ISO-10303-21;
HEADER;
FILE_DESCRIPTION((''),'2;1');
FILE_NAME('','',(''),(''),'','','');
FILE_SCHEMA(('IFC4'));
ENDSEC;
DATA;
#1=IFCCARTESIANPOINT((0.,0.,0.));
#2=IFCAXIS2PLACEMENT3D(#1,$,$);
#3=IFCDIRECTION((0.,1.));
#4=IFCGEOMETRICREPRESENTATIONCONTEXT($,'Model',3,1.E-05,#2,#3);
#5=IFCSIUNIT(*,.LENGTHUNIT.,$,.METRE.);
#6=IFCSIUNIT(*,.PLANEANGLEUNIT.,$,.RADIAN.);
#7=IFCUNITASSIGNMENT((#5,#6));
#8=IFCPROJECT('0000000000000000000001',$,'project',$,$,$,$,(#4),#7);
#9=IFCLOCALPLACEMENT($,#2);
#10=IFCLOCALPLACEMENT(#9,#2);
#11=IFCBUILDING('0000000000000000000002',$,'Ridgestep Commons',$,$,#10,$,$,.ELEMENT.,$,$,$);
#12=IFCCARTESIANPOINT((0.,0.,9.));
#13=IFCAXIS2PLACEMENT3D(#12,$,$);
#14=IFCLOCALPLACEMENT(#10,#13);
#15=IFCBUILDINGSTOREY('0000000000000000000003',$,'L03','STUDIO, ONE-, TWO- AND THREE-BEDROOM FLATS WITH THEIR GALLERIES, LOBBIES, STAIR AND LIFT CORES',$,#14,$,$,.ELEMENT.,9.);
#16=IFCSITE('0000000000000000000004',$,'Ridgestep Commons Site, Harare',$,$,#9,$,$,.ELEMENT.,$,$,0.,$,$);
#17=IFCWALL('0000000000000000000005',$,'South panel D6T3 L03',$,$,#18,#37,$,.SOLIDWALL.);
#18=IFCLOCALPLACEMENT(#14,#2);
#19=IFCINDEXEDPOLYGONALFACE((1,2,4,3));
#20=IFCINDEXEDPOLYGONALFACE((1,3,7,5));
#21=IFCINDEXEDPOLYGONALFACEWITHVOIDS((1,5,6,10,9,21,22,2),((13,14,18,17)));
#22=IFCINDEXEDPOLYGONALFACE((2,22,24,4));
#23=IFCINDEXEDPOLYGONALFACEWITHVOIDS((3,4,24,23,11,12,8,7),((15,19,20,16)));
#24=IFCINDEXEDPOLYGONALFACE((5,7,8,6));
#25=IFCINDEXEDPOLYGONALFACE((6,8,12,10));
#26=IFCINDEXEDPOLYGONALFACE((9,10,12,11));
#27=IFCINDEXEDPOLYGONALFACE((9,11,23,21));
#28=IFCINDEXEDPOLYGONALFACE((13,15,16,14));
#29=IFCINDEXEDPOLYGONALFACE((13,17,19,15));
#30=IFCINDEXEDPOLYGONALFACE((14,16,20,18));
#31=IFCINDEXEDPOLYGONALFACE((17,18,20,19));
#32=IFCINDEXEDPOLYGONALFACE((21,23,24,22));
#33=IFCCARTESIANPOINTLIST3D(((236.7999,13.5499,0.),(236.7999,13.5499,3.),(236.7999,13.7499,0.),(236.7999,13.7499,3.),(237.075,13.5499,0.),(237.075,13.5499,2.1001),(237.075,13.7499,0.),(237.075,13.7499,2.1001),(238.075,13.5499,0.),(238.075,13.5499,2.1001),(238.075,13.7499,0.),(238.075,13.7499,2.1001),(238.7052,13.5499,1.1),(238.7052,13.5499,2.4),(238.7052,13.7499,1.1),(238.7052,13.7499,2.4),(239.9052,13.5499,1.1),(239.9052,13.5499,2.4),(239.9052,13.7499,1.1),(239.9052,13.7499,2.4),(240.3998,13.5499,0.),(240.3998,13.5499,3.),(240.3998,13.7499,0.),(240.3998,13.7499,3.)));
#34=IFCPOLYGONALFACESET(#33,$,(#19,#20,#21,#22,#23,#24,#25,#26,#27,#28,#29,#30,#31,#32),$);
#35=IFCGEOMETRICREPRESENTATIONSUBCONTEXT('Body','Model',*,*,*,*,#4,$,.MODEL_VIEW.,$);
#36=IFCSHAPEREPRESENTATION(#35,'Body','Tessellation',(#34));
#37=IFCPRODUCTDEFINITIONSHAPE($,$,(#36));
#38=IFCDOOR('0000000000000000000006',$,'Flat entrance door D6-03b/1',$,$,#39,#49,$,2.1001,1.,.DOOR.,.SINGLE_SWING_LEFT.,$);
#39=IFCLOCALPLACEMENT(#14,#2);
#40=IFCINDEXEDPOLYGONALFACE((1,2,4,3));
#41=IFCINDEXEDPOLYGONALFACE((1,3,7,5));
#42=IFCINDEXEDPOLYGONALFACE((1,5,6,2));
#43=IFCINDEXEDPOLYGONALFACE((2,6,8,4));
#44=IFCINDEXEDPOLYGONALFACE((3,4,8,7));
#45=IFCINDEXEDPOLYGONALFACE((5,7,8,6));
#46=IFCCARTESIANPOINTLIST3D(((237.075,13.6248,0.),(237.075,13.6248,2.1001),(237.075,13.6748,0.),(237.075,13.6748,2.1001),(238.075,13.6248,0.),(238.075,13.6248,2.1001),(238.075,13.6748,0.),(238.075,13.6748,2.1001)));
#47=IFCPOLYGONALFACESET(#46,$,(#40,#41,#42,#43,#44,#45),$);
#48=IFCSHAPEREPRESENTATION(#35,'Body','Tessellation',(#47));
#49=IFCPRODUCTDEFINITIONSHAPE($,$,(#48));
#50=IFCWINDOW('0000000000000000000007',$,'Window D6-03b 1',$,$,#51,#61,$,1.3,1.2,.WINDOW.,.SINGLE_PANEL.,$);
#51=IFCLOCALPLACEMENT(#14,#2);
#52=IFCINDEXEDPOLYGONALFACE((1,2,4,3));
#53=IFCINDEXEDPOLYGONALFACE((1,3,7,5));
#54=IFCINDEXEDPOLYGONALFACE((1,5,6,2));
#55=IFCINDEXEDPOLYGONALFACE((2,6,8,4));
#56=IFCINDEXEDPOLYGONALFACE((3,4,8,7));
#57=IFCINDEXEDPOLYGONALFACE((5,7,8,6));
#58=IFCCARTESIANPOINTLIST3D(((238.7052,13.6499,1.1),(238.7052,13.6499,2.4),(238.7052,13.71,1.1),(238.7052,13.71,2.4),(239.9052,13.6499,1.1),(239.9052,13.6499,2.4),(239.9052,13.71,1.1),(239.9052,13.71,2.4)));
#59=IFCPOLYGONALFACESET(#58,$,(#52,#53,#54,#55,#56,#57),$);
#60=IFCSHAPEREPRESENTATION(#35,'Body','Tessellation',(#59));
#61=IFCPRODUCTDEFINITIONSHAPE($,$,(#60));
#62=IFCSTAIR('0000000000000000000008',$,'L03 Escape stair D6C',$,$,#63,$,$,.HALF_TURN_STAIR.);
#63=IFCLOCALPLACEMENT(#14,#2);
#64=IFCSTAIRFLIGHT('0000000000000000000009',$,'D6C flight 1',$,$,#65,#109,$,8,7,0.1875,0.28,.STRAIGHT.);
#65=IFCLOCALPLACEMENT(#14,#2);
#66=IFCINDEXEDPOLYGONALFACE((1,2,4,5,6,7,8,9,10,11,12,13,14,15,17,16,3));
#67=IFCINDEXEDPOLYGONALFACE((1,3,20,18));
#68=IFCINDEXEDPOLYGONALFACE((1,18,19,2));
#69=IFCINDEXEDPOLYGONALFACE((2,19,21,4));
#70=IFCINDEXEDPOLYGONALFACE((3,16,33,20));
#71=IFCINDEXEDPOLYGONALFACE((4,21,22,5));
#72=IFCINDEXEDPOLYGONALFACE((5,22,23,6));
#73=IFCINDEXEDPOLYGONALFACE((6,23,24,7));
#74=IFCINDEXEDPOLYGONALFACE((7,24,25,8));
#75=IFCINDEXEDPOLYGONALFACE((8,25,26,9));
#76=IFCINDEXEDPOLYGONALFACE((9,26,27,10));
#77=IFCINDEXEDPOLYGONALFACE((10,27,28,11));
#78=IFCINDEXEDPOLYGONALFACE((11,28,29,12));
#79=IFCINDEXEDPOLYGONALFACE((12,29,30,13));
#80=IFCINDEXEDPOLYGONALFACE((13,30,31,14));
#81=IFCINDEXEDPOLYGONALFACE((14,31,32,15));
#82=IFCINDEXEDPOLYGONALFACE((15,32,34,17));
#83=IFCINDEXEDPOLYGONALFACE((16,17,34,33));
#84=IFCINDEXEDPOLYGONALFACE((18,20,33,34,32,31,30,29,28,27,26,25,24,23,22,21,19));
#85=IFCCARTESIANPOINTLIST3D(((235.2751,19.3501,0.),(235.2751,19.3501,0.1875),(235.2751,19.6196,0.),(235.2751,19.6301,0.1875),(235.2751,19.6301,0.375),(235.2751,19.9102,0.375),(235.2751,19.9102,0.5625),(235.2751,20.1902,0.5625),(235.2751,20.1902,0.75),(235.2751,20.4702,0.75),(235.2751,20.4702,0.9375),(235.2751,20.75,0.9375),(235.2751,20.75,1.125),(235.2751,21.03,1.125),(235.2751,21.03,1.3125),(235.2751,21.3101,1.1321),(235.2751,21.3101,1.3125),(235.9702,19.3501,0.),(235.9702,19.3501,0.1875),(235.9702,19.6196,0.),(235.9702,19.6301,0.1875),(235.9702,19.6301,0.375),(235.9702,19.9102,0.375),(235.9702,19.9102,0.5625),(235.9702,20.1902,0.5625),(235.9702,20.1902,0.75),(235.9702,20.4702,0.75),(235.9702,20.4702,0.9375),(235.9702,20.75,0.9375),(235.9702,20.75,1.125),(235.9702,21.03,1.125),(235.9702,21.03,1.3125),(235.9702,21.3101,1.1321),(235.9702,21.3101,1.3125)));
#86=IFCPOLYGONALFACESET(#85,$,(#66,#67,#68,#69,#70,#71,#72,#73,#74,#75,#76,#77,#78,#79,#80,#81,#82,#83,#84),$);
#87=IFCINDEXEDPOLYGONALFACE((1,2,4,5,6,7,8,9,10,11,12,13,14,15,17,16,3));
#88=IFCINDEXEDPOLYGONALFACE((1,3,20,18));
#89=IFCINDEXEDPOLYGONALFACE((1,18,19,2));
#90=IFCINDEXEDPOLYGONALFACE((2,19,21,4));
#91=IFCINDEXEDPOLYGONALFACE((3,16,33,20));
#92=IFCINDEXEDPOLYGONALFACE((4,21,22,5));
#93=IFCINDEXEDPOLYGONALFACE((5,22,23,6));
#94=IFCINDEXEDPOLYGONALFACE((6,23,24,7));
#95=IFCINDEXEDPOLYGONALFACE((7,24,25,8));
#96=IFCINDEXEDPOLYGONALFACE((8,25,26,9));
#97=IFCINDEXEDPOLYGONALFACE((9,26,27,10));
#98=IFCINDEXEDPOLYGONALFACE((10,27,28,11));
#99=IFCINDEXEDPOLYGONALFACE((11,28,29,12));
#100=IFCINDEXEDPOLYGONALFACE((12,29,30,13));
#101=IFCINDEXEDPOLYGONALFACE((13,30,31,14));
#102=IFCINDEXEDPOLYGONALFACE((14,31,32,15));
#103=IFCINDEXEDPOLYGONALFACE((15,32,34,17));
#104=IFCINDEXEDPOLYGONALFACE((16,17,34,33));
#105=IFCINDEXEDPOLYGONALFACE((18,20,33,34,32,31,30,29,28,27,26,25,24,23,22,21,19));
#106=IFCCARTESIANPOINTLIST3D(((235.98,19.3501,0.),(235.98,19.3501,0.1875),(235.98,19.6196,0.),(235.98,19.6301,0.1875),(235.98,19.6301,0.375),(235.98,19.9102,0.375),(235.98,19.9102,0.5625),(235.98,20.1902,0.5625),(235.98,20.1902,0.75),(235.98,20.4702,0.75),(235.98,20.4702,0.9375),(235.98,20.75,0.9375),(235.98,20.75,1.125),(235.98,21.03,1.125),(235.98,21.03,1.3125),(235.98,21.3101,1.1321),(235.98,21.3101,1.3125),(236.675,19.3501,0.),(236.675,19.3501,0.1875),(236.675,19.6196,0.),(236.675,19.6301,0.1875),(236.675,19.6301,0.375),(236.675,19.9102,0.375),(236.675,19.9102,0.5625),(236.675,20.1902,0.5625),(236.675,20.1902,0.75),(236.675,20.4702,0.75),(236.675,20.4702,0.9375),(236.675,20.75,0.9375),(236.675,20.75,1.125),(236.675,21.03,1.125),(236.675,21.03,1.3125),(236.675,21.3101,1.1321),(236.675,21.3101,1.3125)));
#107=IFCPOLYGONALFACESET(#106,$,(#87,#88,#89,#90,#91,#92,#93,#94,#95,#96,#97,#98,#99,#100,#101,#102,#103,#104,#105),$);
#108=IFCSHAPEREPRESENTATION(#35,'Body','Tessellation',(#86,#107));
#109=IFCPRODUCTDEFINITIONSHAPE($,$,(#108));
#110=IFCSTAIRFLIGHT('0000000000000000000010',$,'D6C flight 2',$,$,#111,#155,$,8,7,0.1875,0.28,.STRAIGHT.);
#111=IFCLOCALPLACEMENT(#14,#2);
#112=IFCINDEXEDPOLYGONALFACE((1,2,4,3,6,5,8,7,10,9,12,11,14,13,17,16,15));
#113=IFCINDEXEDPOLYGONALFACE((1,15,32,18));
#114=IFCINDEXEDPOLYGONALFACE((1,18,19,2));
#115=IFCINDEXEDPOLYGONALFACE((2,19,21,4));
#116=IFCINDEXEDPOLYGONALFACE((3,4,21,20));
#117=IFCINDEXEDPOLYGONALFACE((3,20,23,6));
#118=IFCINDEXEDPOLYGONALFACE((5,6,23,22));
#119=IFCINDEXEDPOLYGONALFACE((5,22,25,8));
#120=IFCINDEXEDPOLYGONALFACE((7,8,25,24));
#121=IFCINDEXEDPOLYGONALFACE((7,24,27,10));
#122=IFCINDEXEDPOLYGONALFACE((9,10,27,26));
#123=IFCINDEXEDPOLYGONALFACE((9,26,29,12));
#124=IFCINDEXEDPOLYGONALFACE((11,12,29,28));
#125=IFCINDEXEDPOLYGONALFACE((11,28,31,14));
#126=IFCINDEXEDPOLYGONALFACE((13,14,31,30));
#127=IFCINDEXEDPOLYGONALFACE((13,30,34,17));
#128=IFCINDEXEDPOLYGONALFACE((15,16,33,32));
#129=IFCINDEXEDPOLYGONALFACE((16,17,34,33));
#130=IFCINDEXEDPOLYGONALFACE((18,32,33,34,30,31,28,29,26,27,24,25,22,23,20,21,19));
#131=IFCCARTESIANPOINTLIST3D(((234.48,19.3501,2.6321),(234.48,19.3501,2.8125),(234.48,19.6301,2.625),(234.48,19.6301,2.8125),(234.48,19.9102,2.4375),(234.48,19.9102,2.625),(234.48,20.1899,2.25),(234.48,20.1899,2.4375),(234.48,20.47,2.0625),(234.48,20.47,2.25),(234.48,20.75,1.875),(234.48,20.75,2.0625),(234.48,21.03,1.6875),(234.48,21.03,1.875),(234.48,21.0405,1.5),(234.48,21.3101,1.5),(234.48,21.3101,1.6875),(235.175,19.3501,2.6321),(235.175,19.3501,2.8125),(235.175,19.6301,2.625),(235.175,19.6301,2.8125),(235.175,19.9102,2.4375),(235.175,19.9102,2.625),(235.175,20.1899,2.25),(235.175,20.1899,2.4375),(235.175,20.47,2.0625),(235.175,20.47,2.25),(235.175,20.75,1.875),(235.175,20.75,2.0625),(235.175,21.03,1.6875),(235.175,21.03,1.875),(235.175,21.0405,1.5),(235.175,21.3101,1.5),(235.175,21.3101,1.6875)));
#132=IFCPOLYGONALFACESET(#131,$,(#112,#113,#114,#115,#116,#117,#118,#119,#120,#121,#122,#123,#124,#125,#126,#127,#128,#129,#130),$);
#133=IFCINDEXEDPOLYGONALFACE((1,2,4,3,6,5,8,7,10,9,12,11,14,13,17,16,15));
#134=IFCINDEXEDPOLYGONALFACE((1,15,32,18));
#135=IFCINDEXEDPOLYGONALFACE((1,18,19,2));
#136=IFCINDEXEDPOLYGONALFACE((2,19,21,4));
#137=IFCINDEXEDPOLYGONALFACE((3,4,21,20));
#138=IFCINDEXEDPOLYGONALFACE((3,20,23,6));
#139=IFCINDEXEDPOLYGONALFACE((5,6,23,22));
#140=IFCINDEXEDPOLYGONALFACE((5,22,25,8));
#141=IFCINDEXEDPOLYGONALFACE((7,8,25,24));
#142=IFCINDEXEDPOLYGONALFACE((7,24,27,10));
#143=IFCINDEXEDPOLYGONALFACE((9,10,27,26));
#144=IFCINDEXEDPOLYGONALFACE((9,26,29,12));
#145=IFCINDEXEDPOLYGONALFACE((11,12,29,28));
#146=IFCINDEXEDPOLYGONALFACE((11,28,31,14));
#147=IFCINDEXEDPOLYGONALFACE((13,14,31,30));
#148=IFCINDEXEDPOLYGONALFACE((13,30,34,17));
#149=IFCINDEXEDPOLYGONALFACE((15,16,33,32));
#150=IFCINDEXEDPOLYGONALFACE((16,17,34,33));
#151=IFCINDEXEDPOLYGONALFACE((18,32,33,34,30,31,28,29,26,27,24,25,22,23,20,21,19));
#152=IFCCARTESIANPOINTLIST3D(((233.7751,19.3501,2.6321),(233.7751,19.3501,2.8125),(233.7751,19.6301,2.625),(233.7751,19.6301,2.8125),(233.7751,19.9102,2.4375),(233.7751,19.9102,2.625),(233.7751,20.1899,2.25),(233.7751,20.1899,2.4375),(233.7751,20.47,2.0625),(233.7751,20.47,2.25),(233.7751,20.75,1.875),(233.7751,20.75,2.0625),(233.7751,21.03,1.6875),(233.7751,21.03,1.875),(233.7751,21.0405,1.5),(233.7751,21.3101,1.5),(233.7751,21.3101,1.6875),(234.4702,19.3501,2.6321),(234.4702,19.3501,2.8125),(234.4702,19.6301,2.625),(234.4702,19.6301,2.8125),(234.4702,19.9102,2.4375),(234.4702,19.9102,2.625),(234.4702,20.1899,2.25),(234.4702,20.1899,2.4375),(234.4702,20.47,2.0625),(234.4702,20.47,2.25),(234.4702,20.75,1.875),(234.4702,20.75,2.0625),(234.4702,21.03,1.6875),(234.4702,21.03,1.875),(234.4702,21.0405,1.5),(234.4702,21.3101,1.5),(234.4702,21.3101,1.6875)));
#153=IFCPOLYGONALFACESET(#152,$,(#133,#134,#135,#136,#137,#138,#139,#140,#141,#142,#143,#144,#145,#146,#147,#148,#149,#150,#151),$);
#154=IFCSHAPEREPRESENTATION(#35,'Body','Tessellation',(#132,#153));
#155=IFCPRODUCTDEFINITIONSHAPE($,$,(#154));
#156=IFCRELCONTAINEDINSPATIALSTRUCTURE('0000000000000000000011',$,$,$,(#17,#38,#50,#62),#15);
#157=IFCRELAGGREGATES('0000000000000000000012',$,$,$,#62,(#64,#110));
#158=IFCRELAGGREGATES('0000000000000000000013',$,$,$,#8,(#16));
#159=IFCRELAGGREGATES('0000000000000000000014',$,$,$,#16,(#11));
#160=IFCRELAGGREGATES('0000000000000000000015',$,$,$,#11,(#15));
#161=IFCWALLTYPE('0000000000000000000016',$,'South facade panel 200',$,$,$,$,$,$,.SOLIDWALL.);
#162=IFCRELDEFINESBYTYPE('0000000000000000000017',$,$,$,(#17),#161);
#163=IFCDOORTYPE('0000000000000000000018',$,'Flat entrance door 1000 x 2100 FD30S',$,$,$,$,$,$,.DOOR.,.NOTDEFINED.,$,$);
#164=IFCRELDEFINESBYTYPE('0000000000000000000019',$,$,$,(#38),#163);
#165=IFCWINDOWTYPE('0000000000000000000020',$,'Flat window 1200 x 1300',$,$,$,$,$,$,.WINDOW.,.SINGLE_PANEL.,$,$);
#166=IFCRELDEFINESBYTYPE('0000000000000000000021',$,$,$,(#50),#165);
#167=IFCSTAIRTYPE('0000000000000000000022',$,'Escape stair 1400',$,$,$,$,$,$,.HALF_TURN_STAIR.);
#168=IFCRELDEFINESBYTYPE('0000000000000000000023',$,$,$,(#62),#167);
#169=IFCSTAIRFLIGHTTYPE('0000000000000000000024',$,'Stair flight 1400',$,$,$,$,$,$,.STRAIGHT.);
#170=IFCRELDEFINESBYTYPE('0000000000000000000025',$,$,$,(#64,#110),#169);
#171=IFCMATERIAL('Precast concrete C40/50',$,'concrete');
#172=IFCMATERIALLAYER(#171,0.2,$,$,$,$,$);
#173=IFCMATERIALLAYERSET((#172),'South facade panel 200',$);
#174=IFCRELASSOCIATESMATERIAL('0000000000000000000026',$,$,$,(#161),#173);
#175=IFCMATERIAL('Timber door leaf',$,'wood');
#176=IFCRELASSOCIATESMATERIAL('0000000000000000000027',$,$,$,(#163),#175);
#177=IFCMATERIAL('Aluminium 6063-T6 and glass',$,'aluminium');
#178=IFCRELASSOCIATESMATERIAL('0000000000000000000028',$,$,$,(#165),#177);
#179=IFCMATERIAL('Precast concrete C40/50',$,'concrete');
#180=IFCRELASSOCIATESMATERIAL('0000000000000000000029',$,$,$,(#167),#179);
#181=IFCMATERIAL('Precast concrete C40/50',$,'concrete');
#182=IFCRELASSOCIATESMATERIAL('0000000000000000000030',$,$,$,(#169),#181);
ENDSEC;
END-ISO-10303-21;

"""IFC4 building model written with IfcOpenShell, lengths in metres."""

from ifc_helpers import new_model, si_unit, direction, frame, frame_2d, origin, place, context, subcontext, project, spatial, polyline, rectangle, outline, extrude, material, layer, layer_set, type_object, element, fill, aggregate, save


model = new_model("IFC4")

# Units and contexts
model_context = context("Model", 3, precision=1e-05, world=origin(), true_north=direction((0.0, 1.0)))
body_context = subcontext(model_context, "Body", "Model", "MODEL_VIEW")
ifc_project = project(units=[si_unit("LENGTHUNIT", "METRE"), si_unit("PLANEANGLEUNIT", "RADIAN")], contexts=[model_context])

# Site, building, storey
site_placement = place(None, origin())
site = spatial("IfcSite", under=ifc_project, at=site_placement, Name="Ridgestep Commons Site, Harare", CompositionType="ELEMENT", RefElevation=0.0)
building_placement = place(site_placement, origin())
building = spatial("IfcBuilding", under=site, at=building_placement, Name="Ridgestep Commons", CompositionType="ELEMENT")
storey_placement = place(building_placement, frame((0.0, 0.0, 9.0)))
storey = spatial("IfcBuildingStorey", under=building, at=storey_placement, Name="L03", Description="STUDIO, ONE-, TWO- AND THREE-BEDROOM FLATS WITH THEIR GALLERIES, LOBBIES, STAIR AND LIFT CORES", CompositionType="ELEMENT", Elevation=9.0)

# Wall, openings, door, window
ifc_material_1 = material(Name="Precast concrete C40/50", Category="concrete")
ifc_layer_1 = layer(ifc_material_1, 0.2)
ifc_layer_set_1 = layer_set([ifc_layer_1], Name="South facade panel 200")
wall_type_1 = type_object("IfcWallType", Name="South facade panel 200", PredefinedType="SOLIDWALL", material=ifc_layer_set_1)
wall_1_placement = place(storey_placement, frame((236.8, 13.6499, 0.0), z_axis=(0.0, 0.0, 1.0), x_axis=(1.0, 0.0, 0.0)))
wall_1 = element("IfcWall", 1, at=wall_1_placement, inside=storey, type_object=wall_type_1, Name="South panel D6T3 L03", PredefinedType="SOLIDWALL", context=body_context, shape_type="SweptSolid", body=[
    extrude(rectangle(XDim=3.5999, YDim=0.2, at=frame_2d((1.7998, 0.0))), origin(), (0.0, 0.0, 1.0), 3.0),
])
opening_1_placement = place(wall_1_placement, frame((1.905, 0.0, 1.1001)))
opening_1 = element("IfcOpeningElement", 2, at=opening_1_placement, cuts=wall_1, PredefinedType="OPENING", context=body_context, shape_type="SweptSolid", body=[
    extrude(rectangle(XDim=1.2, YDim=1.3, at=frame_2d((0.6001, 0.6499))), frame((0.0, 0.1099, 0.0), z_axis=(0.0, -1.0, 0.0), x_axis=(1.0, 0.0, 0.0)), (0.0, 0.0, 1.0), 0.22),
])
opening_2_placement = place(wall_1_placement, frame((0.2749, 0.0, 0.0)))
opening_2 = element("IfcOpeningElement", 3, at=opening_2_placement, cuts=wall_1, PredefinedType="OPENING", context=body_context, shape_type="SweptSolid", body=[
    extrude(rectangle(XDim=1.0, YDim=2.1001, at=frame_2d((0.5, 1.05))), frame((0.0, 0.1099, 0.0), z_axis=(0.0, -1.0, 0.0), x_axis=(1.0, 0.0, 0.0)), (0.0, 0.0, 1.0), 0.22),
])
ifc_material_2 = material(Name="Timber door leaf", Category="wood")
door_type_1 = type_object("IfcDoorType", Name="Flat entrance door 1000 x 2100 FD30S", OperationType="NOTDEFINED", PredefinedType="DOOR", material=ifc_material_2)
door_1_placement = place(opening_2_placement, origin())
door_1 = element("IfcDoor", 4, at=door_1_placement, inside=storey, type_object=door_type_1, Name="Flat entrance door D6-03b/1", OperationType="SINGLE_SWING_LEFT", OverallHeight=2.1001, OverallWidth=1.0, PredefinedType="DOOR", context=body_context, shape_type="SweptSolid", body=[
    extrude(rectangle(XDim=1.0, YDim=2.1001, at=frame_2d((0.5, 1.05))), frame((0.0, 0.0249, 0.0), z_axis=(0.0, -1.0, 0.0), x_axis=(1.0, 0.0, 0.0)), (0.0, 0.0, 1.0), 0.05),
])
fill(opening_2, door_1)
ifc_material_3 = material(Name="Aluminium 6063-T6 and glass", Category="aluminium")
window_type_1 = type_object("IfcWindowType", Name="Flat window 1200 x 1300", PartitioningType="SINGLE_PANEL", PredefinedType="WINDOW", material=ifc_material_3)
window_1_placement = place(opening_1_placement, origin())
window_1 = element("IfcWindow", 5, at=window_1_placement, inside=storey, type_object=window_type_1, Name="Window D6-03b 1", OverallHeight=1.3, OverallWidth=1.2, PartitioningType="SINGLE_PANEL", PredefinedType="WINDOW", context=body_context, shape_type="SweptSolid", body=[
    extrude(rectangle(XDim=1.2, YDim=1.3, at=frame_2d((0.6001, 0.6499))), frame((0.0, 0.0601, 0.0), z_axis=(0.0, -1.0, 0.0), x_axis=(1.0, 0.0, 0.0)), (0.0, 0.0, 1.0), 0.0601),
])
fill(opening_1, window_1)

# Stair, stair flights
ifc_material_4 = material(Name="Precast concrete C40/50", Category="concrete")
stair_type = type_object("IfcStairType", Name="Escape stair 1400", PredefinedType="HALF_TURN_STAIR", material=ifc_material_4)
stair_placement = place(storey_placement, origin())
stair = element("IfcStair", 6, at=stair_placement, inside=storey, type_object=stair_type, Name="L03 Escape stair D6C", PredefinedType="HALF_TURN_STAIR")
ifc_material_5 = material(Name="Precast concrete C40/50", Category="concrete")
stair_flight_type = type_object("IfcStairFlightType", Name="Stair flight 1400", PredefinedType="STRAIGHT", material=ifc_material_5)
stair_flight_1_placement = place(storey_placement, frame((235.9751, 19.3501, 0.0), z_axis=(0.0, 0.0, 1.0), x_axis=(0.0, 1.0, 0.0)))
stair_flight_1 = element("IfcStairFlight", 7, at=stair_flight_1_placement, type_object=stair_flight_type, Name="D6C flight 1", NumberOfRisers=8, NumberOfTreads=7, PredefinedType="STRAIGHT", RiserHeight=0.1875, TreadLength=0.28, context=body_context, shape_type="SweptSolid", body=[
    extrude(outline(polyline([(0.0, 0.0), (0.0, 0.1875), (0.28, 0.1875), (0.28, 0.375), (0.5601, 0.375), (0.5601, 0.5625), (0.8401, 0.5625), (0.8401, 0.75), (1.1201, 0.75), (1.1201, 0.9375), (1.3999, 0.9375), (1.3999, 1.125), (1.6799, 1.125), (1.6799, 1.3125), (1.96, 1.3125), (1.96, 1.5), (1.96, 1.1321), (0.2695, 0.0), (0.0, 0.0)])), frame((0.0, 0.7, 0.0), z_axis=(0.0, -1.0, 0.0), x_axis=(1.0, 0.0, 0.0)), (0.0, 0.0, 1.0), 0.6951),
    extrude(outline(polyline([(0.0, 0.0), (0.0, 0.1875), (0.28, 0.1875), (0.28, 0.375), (0.5601, 0.375), (0.5601, 0.5625), (0.8401, 0.5625), (0.8401, 0.75), (1.1201, 0.75), (1.1201, 0.9375), (1.3999, 0.9375), (1.3999, 1.125), (1.6799, 1.125), (1.6799, 1.3125), (1.96, 1.3125), (1.96, 1.5), (1.96, 1.1321), (0.2695, 0.0), (0.0, 0.0)])), frame((0.0, -0.0049, 0.0), z_axis=(0.0, -1.0, 0.0), x_axis=(1.0, 0.0, 0.0)), (0.0, 0.0, 1.0), 0.6951),
])
stair_flight_2_placement = place(storey_placement, frame((234.4751, 21.3101, 1.5), z_axis=(0.0, 0.0, 1.0), x_axis=(0.0, -1.0, 0.0)))
stair_flight_2 = element("IfcStairFlight", 8, at=stair_flight_2_placement, type_object=stair_flight_type, Name="D6C flight 2", NumberOfRisers=8, NumberOfTreads=7, PredefinedType="STRAIGHT", RiserHeight=0.1875, TreadLength=0.28, context=body_context, shape_type="SweptSolid", body=[
    extrude(outline(polyline([(0.0, 0.0), (0.0, 0.1875), (0.28, 0.1875), (0.28, 0.375), (0.5601, 0.375), (0.5601, 0.5625), (0.8401, 0.5625), (0.8401, 0.75), (1.1201, 0.75), (1.1201, 0.9375), (1.3999, 0.9375), (1.3999, 1.125), (1.6799, 1.125), (1.6799, 1.3125), (1.96, 1.3125), (1.96, 1.5), (1.96, 1.1321), (0.2695, 0.0), (0.0, 0.0)])), frame((0.0, 0.7, 0.0), z_axis=(0.0, -1.0, 0.0), x_axis=(1.0, 0.0, 0.0)), (0.0, 0.0, 1.0), 0.6951),
    extrude(outline(polyline([(0.0, 0.0), (0.0, 0.1875), (0.28, 0.1875), (0.28, 0.375), (0.5601, 0.375), (0.5601, 0.5625), (0.8401, 0.5625), (0.8401, 0.75), (1.1201, 0.75), (1.1201, 0.9375), (1.3999, 0.9375), (1.3999, 1.125), (1.6799, 1.125), (1.6799, 1.3125), (1.96, 1.3125), (1.96, 1.5), (1.96, 1.1321), (0.2695, 0.0), (0.0, 0.0)])), frame((0.0, -0.0049, 0.0), z_axis=(0.0, -1.0, 0.0), x_axis=(1.0, 0.0, 0.0)), (0.0, 0.0, 1.0), 0.6951),
])
aggregate(stair, [stair_flight_1, stair_flight_2])

save(model, "model.ifc")
